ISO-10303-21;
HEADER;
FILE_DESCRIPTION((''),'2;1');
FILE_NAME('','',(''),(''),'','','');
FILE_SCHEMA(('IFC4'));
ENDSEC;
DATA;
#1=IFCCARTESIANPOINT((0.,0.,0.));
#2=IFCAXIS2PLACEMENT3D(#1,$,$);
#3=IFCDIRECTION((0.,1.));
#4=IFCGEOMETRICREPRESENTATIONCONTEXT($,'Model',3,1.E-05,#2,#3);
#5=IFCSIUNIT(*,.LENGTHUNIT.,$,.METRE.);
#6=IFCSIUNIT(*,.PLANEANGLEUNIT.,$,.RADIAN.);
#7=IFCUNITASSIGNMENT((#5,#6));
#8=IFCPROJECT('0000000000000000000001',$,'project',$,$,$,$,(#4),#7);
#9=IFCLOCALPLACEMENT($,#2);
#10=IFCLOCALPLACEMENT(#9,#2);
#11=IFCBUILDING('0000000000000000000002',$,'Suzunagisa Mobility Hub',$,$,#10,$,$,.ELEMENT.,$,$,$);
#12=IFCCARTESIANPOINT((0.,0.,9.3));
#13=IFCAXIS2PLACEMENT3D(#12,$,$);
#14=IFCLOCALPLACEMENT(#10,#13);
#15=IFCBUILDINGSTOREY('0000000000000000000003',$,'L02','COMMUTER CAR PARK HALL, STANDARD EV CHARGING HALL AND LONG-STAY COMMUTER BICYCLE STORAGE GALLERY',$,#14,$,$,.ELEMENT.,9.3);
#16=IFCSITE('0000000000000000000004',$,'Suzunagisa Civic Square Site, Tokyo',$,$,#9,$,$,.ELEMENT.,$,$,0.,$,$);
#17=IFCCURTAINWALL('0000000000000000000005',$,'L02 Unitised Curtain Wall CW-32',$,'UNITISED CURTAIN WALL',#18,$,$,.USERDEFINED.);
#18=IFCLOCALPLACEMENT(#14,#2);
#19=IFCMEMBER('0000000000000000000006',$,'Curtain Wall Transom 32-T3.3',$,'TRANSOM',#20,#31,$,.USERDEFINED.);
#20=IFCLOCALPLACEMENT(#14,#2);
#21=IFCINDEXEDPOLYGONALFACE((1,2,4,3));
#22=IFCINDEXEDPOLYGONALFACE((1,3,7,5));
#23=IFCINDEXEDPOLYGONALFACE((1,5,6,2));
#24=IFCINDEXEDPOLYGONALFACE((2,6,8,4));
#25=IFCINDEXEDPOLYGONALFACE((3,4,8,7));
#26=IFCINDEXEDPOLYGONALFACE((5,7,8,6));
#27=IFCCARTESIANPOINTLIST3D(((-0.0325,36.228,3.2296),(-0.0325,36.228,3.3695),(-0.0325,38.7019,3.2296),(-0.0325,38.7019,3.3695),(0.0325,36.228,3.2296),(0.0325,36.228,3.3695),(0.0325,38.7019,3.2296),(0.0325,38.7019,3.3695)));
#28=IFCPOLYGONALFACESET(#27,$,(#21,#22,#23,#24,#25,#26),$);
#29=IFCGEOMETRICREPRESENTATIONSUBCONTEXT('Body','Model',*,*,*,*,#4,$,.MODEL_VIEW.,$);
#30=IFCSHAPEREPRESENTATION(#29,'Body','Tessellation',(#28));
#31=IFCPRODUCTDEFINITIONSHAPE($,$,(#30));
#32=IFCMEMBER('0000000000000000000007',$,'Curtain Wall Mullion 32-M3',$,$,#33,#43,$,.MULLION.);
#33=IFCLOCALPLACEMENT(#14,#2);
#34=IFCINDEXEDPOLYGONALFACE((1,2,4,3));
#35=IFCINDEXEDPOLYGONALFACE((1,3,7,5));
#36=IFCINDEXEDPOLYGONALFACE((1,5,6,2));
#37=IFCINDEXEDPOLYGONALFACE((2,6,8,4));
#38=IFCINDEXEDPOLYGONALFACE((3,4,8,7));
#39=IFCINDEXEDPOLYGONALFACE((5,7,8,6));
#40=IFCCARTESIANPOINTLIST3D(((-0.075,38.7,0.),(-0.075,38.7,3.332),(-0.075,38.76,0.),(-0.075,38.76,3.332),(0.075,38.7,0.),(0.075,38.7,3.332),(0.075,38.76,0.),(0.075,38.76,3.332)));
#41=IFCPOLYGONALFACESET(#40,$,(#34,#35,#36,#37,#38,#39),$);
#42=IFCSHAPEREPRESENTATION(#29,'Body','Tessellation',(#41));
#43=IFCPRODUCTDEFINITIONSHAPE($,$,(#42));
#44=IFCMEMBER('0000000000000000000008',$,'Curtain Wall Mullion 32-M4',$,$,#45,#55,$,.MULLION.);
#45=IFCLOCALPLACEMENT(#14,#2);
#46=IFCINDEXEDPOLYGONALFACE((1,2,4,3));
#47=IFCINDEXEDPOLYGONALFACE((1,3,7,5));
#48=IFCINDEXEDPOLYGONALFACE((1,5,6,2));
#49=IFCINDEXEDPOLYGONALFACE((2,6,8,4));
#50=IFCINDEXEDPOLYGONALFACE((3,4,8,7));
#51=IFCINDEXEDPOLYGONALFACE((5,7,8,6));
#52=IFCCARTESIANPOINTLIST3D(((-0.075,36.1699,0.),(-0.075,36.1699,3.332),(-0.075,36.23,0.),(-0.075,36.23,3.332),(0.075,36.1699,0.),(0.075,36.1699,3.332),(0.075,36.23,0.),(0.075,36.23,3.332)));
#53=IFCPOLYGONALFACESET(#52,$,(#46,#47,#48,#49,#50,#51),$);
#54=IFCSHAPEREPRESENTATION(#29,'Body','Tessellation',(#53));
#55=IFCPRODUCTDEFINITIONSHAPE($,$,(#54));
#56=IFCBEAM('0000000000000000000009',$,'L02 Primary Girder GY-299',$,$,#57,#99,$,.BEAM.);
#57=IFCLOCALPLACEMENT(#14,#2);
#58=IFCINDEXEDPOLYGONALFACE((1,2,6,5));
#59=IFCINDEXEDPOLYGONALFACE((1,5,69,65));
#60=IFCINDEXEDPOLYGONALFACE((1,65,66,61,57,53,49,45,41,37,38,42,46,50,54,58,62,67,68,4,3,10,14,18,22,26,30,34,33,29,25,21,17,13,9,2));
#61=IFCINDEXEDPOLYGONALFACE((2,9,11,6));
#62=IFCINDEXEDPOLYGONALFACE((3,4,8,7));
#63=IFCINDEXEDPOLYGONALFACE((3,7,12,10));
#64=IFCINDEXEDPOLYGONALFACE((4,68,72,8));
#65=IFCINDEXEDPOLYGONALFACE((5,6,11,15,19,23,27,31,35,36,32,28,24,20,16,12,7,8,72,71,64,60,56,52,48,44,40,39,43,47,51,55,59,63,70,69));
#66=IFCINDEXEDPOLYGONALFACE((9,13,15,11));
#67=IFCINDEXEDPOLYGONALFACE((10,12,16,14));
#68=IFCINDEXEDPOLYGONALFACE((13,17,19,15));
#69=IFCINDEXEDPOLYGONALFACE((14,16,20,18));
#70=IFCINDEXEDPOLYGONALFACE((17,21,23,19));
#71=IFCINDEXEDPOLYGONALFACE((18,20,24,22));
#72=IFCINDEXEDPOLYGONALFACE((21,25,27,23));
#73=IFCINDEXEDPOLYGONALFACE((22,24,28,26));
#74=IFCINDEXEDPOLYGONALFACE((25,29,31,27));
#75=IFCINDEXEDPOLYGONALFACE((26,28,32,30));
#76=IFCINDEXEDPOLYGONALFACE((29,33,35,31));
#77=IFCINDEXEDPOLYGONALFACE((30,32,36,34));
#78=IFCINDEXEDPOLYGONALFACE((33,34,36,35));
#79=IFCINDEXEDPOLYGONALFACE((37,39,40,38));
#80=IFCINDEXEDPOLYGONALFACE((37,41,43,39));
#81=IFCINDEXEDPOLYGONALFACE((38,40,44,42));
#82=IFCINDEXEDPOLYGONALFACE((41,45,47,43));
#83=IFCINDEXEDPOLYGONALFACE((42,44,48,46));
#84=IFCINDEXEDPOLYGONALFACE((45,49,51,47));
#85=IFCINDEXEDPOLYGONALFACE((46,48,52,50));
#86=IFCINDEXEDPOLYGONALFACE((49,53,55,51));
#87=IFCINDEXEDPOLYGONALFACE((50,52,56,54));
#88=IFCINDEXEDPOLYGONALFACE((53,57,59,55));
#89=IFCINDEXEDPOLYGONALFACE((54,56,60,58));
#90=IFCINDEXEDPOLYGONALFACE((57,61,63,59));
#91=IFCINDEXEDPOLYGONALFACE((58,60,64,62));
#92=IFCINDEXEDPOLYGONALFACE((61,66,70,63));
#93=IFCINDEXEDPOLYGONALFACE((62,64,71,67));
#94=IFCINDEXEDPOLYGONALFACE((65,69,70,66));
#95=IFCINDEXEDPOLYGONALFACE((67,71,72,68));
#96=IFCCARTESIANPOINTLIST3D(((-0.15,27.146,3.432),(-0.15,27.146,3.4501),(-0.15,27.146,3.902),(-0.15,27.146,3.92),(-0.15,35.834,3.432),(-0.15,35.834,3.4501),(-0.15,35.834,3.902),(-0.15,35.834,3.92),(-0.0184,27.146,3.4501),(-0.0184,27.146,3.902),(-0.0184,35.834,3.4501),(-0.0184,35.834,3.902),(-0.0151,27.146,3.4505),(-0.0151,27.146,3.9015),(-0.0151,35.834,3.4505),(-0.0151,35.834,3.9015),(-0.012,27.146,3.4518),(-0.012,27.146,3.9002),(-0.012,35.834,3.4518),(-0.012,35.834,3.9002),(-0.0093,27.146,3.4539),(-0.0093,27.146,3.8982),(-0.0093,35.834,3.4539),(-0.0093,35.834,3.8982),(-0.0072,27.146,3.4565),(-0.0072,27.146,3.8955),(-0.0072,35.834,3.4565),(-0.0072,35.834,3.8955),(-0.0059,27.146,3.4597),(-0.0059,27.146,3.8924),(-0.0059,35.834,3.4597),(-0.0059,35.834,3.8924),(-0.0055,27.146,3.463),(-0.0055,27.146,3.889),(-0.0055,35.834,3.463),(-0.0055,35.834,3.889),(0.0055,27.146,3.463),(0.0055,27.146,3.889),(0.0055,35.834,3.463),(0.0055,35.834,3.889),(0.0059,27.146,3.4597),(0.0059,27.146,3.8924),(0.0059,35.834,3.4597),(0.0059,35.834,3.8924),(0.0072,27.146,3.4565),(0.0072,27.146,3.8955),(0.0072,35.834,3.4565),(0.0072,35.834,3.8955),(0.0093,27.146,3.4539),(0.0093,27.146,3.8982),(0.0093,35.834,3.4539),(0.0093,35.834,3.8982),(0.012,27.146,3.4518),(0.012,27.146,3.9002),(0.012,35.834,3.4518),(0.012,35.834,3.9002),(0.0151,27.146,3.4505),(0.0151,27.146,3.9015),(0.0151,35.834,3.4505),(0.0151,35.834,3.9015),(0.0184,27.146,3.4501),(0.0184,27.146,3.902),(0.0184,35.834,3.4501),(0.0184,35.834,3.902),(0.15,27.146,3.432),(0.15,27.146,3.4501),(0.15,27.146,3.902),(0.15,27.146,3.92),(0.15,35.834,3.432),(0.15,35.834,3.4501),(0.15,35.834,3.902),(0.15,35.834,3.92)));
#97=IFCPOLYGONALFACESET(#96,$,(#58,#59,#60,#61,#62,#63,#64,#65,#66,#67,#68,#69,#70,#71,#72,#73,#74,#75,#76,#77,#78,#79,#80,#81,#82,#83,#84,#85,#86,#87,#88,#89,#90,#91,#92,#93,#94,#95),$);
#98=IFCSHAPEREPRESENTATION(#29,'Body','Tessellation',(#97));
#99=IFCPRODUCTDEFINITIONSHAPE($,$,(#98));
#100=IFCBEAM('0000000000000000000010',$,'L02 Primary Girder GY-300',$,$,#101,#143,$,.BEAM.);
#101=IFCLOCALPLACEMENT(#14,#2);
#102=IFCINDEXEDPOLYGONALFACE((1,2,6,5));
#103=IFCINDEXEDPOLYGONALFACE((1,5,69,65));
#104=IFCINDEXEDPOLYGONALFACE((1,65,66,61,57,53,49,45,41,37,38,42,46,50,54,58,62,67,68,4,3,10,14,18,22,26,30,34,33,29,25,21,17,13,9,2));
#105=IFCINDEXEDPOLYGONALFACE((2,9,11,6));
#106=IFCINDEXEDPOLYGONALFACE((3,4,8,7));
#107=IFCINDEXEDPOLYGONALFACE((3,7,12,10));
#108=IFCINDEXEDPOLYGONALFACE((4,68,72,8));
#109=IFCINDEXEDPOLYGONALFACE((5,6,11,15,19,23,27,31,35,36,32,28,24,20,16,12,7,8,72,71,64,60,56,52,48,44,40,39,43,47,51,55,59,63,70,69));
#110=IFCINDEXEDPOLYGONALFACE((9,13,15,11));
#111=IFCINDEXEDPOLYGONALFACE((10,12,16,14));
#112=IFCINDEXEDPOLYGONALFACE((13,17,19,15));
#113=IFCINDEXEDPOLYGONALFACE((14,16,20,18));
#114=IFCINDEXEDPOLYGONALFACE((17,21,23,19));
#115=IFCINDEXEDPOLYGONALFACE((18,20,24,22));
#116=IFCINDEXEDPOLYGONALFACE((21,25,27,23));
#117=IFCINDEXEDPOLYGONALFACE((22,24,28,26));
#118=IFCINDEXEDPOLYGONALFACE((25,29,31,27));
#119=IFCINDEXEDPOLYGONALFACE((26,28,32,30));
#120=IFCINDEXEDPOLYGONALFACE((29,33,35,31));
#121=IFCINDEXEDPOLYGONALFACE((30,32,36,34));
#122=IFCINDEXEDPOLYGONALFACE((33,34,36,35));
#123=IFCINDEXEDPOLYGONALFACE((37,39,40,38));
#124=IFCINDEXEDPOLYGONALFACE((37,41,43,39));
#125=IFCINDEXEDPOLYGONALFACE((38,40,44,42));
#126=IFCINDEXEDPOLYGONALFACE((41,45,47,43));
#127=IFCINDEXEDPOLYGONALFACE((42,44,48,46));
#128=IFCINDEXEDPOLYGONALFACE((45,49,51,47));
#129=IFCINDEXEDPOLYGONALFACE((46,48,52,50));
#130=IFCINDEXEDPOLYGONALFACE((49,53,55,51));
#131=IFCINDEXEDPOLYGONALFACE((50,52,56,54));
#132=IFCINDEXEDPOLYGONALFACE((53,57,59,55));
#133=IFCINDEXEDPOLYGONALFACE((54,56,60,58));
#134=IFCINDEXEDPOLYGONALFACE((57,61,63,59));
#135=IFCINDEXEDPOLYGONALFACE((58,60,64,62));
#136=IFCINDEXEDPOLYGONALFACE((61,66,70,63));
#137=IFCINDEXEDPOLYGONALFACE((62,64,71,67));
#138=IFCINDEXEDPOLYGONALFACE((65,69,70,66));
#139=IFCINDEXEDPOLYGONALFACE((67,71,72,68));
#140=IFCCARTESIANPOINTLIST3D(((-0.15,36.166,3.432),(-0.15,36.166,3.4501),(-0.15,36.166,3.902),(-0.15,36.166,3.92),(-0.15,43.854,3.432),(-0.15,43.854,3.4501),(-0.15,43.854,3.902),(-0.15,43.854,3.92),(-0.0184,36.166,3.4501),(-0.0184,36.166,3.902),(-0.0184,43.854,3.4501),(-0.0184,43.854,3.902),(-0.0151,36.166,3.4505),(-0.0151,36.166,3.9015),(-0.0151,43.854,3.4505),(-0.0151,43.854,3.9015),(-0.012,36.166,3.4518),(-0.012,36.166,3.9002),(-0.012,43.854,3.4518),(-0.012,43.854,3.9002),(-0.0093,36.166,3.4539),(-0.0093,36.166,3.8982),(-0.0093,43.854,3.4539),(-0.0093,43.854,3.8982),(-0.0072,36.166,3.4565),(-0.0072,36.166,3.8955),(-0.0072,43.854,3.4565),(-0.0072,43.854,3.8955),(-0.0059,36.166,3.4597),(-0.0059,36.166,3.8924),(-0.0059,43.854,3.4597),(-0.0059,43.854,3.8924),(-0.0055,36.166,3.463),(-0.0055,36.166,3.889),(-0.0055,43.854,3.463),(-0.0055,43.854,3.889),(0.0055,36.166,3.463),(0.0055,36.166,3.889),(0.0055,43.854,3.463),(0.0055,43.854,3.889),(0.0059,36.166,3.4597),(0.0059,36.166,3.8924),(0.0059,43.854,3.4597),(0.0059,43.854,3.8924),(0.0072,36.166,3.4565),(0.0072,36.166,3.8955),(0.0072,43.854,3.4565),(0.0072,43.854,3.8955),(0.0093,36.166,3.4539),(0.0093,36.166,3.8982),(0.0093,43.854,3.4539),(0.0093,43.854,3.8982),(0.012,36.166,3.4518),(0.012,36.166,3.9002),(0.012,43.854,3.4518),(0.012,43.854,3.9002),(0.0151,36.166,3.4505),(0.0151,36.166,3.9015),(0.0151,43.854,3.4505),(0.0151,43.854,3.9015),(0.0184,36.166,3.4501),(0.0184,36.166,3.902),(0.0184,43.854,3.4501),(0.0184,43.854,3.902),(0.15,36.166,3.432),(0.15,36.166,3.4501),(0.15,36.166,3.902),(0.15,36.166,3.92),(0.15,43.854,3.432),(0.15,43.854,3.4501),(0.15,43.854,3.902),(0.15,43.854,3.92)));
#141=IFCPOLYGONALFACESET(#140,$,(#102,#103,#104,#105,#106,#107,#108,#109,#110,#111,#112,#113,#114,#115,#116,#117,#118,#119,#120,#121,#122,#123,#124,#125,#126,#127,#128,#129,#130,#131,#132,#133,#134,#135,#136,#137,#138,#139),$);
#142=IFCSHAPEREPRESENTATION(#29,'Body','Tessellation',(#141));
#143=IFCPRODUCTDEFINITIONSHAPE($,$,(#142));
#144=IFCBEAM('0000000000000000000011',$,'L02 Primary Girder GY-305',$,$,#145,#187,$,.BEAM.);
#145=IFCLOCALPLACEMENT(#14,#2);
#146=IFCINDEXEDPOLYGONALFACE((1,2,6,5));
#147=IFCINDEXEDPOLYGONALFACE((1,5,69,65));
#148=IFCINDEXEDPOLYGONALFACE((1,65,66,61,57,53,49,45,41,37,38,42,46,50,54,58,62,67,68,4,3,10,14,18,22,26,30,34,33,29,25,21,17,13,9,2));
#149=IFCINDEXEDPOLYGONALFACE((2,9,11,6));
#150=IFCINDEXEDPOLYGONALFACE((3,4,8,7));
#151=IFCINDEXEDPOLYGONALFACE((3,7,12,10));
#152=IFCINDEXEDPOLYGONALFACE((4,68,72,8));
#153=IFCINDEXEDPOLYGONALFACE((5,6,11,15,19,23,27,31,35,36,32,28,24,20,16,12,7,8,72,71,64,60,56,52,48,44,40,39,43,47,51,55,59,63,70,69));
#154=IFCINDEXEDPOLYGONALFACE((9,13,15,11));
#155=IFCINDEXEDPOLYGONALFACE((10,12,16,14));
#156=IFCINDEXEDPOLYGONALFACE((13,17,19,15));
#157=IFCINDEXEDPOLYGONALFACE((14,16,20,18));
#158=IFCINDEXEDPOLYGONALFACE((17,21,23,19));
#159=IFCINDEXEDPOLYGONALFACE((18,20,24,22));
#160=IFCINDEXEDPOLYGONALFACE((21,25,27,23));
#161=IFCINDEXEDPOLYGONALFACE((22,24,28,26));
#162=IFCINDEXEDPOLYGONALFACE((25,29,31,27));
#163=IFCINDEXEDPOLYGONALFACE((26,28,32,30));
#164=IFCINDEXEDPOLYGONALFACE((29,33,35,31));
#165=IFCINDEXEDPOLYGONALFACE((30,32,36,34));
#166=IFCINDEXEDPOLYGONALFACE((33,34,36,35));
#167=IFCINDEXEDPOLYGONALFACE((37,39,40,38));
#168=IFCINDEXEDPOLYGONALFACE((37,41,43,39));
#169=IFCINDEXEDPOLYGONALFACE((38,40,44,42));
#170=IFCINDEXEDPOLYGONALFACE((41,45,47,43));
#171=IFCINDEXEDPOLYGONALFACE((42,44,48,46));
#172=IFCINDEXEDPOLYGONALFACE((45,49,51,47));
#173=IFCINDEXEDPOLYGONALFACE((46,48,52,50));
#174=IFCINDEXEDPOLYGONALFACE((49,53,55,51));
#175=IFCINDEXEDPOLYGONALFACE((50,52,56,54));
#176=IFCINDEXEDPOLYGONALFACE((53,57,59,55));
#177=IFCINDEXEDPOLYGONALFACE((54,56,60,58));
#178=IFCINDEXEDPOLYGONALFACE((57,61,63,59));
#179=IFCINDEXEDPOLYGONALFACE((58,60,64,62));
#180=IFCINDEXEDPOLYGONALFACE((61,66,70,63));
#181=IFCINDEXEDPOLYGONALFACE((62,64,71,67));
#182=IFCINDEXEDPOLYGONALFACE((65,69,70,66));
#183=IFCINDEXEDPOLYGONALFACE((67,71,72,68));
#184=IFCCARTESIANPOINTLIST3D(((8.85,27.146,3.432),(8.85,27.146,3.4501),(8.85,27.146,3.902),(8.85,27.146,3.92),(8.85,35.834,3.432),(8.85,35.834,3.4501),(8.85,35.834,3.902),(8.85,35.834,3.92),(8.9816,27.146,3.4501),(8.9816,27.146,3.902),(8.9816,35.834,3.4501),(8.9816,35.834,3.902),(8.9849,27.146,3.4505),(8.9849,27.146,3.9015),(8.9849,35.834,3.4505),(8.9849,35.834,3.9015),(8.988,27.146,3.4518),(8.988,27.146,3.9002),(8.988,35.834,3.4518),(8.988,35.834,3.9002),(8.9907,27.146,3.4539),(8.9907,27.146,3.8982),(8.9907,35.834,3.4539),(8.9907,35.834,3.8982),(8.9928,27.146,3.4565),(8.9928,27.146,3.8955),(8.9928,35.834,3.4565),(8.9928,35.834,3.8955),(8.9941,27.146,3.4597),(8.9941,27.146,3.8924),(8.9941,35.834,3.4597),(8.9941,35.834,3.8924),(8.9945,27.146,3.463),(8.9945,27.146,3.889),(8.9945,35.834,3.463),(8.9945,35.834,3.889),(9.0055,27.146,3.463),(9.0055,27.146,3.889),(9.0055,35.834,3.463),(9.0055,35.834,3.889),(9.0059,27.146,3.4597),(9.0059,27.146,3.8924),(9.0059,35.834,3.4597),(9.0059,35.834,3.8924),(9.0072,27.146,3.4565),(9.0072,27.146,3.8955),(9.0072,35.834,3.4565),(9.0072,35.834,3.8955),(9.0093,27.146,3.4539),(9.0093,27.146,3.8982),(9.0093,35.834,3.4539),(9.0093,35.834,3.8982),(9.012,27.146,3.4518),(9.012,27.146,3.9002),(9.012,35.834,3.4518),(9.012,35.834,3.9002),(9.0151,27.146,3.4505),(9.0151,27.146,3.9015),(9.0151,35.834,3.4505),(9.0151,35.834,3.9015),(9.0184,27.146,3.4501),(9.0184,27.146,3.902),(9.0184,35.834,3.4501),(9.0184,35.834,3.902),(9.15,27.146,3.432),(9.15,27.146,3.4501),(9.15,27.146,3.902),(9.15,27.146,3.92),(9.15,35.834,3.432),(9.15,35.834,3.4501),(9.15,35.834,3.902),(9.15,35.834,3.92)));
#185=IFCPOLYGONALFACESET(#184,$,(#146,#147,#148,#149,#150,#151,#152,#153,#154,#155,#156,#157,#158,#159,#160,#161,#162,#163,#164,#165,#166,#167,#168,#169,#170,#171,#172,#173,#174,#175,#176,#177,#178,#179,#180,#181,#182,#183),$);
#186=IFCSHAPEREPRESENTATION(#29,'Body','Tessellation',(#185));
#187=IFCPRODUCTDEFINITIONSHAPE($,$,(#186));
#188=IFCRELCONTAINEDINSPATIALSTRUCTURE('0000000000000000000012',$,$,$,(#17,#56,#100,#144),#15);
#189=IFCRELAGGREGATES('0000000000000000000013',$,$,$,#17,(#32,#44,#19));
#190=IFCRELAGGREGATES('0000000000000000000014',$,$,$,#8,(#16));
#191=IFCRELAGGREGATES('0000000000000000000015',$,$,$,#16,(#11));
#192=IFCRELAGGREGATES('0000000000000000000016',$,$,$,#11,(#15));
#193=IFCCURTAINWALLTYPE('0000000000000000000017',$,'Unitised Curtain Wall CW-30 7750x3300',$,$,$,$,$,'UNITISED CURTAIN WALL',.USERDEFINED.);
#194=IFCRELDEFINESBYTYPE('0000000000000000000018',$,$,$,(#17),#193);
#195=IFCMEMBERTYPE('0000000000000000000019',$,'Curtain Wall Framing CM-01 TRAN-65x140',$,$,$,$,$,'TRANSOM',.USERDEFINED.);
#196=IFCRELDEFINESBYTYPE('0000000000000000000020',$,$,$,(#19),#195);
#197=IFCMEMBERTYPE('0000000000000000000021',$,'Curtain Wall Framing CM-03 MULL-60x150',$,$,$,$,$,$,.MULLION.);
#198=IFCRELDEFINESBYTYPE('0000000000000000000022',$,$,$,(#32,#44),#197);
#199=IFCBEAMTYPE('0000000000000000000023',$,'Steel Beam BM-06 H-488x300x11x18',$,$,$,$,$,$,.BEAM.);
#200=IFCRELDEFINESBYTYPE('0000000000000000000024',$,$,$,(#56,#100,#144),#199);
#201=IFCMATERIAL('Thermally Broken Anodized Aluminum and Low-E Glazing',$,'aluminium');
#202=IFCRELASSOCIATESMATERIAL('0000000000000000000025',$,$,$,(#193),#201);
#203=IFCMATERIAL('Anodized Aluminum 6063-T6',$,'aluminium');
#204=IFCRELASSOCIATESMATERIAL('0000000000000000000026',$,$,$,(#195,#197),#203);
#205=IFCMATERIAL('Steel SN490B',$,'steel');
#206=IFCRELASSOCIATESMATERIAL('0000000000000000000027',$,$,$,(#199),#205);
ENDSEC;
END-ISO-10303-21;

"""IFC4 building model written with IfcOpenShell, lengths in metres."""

from ifc_helpers import new_model, si_unit, direction, frame, origin, origin_2d, place, context, subcontext, project, spatial, rectangle, i_section, extrude, material, material_profile, profile_set, type_object, element, aggregate, save


model = new_model("IFC4")

# Units and contexts
model_context = context("Model", 3, precision=1e-05, world=origin(), true_north=direction((0.0, 1.0)))
body_context = subcontext(model_context, "Body", "Model", "MODEL_VIEW")
ifc_project = project(units=[si_unit("LENGTHUNIT", "METRE"), si_unit("PLANEANGLEUNIT", "RADIAN")], contexts=[model_context])

# Site, building, storey
site_placement = place(None, origin())
site = spatial("IfcSite", under=ifc_project, at=site_placement, Name="Suzunagisa Civic Square Site, Tokyo", CompositionType="ELEMENT", RefElevation=0.0)
building_placement = place(site_placement, origin())
building = spatial("IfcBuilding", under=site, at=building_placement, Name="Suzunagisa Mobility Hub", CompositionType="ELEMENT")
storey_placement = place(building_placement, frame((0.0, 0.0, 9.3)))
storey = spatial("IfcBuildingStorey", under=building, at=storey_placement, Name="L02", Description="COMMUTER CAR PARK HALL, STANDARD EV CHARGING HALL AND LONG-STAY COMMUTER BICYCLE STORAGE GALLERY", CompositionType="ELEMENT", Elevation=9.3)

# Shared definitions
ifc_material_1 = material(Name="Steel SN490B", Category="steel")

# Curtain wall, members
ifc_material_2 = material(Name="Thermally Broken Anodized Aluminum and Low-E Glazing", Category="aluminium")
curtain_wall_type = type_object("IfcCurtainWallType", Name="Unitised Curtain Wall CW-30 7750x3300", ElementType="UNITISED CURTAIN WALL", PredefinedType="USERDEFINED", material=ifc_material_2)
curtain_wall_placement = place(storey_placement, origin())
curtain_wall = element("IfcCurtainWall", 1, at=curtain_wall_placement, inside=storey, type_object=curtain_wall_type, Name="L02 Unitised Curtain Wall CW-32", ObjectType="UNITISED CURTAIN WALL", PredefinedType="USERDEFINED")
ifc_material_3 = material(Name="Anodized Aluminum 6063-T6", Category="aluminium")
ifc_material_profile_1 = material_profile(ifc_material_3, rectangle(XDim=0.0649, YDim=0.1399, at=origin_2d()), Name="TRAN-65x140")
ifc_profile_set_1 = profile_set([ifc_material_profile_1], Name="Anodized Aluminum 6063-T6")
member_type_1 = type_object("IfcMemberType", Name="Curtain Wall Framing CM-01 TRAN-65x140", ElementType="TRANSOM", PredefinedType="USERDEFINED", material=ifc_profile_set_1)
member_1_placement = place(storey_placement, frame((0.0, 38.7019, 3.2996), z_axis=(0.0, -1.0, 0.0), x_axis=(1.0, 0.0, 0.0)))
member_1 = element("IfcMember", 2, at=member_1_placement, type_object=member_type_1, Name="Curtain Wall Transom 32-T3.3", ObjectType="TRANSOM", PredefinedType="USERDEFINED", context=body_context, shape_type="SweptSolid", body=[
    extrude(rectangle(XDim=0.0649, YDim=0.1399, at=origin_2d()), origin(), (0.0, 0.0, 1.0), 2.4739),
])
ifc_material_profile_2 = material_profile(ifc_material_3, rectangle(XDim=0.0601, YDim=0.1499, at=origin_2d()), Name="MULL-60x150")
ifc_profile_set_2 = profile_set([ifc_material_profile_2], Name="Anodized Aluminum 6063-T6")
member_type_2 = type_object("IfcMemberType", Name="Curtain Wall Framing CM-03 MULL-60x150", PredefinedType="MULLION", material=ifc_profile_set_2)
member_2_placement = place(storey_placement, frame((0.0, 38.73, 0.0), z_axis=(0.0, 0.0, 1.0), x_axis=(0.0, -1.0, 0.0)))
member_2 = element("IfcMember", 3, at=member_2_placement, type_object=member_type_2, Name="Curtain Wall Mullion 32-M3", PredefinedType="MULLION", context=body_context, shape_type="SweptSolid", body=[
    extrude(rectangle(XDim=0.0601, YDim=0.1499, at=origin_2d()), origin(), (0.0, 0.0, 1.0), 3.332),
])
member_3_placement = place(storey_placement, frame((0.0, 36.2, 0.0), z_axis=(0.0, 0.0, 1.0), x_axis=(0.0, -1.0, 0.0)))
member_3 = element("IfcMember", 4, at=member_3_placement, type_object=member_type_2, Name="Curtain Wall Mullion 32-M4", PredefinedType="MULLION", context=body_context, shape_type="SweptSolid", body=[
    extrude(rectangle(XDim=0.0601, YDim=0.1499, at=origin_2d()), origin(), (0.0, 0.0, 1.0), 3.332),
])

# Beams
ifc_material_profile_3 = material_profile(ifc_material_1, i_section(OverallWidth=0.3, OverallDepth=0.488, WebThickness=0.011, FlangeThickness=0.0181, FilletRadius=0.0129, at=origin_2d()), Name="H-488x300x11x18")
ifc_profile_set_3 = profile_set([ifc_material_profile_3], Name="Steel SN490B")
beam_type_1 = type_object("IfcBeamType", Name="Steel Beam BM-06 H-488x300x11x18", PredefinedType="BEAM", material=ifc_profile_set_3)
beam_1_placement = place(storey_placement, frame((0.0, 27.146, 3.676), z_axis=(0.0, 1.0, 0.0), x_axis=(-1.0, 0.0, 0.0)))
element("IfcBeam", 5, at=beam_1_placement, inside=storey, type_object=beam_type_1, Name="L02 Primary Girder GY-299", PredefinedType="BEAM", context=body_context, shape_type="SweptSolid", body=[
    extrude(i_section(OverallWidth=0.3, OverallDepth=0.488, WebThickness=0.011, FlangeThickness=0.0181, FilletRadius=0.0129, at=origin_2d()), origin(), (0.0, 0.0, 1.0), 8.688),
])
beam_2_placement = place(storey_placement, frame((0.0, 36.166, 3.676), z_axis=(0.0, 1.0, 0.0), x_axis=(-1.0, 0.0, 0.0)))
element("IfcBeam", 6, at=beam_2_placement, inside=storey, type_object=beam_type_1, Name="L02 Primary Girder GY-300", PredefinedType="BEAM", context=body_context, shape_type="SweptSolid", body=[
    extrude(i_section(OverallWidth=0.3, OverallDepth=0.488, WebThickness=0.011, FlangeThickness=0.0181, FilletRadius=0.0129, at=origin_2d()), origin(), (0.0, 0.0, 1.0), 7.688),
])
beam_3_placement = place(storey_placement, frame((9.0, 27.146, 3.676), z_axis=(0.0, 1.0, 0.0), x_axis=(-1.0, 0.0, 0.0)))
element("IfcBeam", 7, at=beam_3_placement, inside=storey, type_object=beam_type_1, Name="L02 Primary Girder GY-305", PredefinedType="BEAM", context=body_context, shape_type="SweptSolid", body=[
    extrude(i_section(OverallWidth=0.3, OverallDepth=0.488, WebThickness=0.011, FlangeThickness=0.0181, FilletRadius=0.0129, at=origin_2d()), origin(), (0.0, 0.0, 1.0), 8.688),
])

aggregate(curtain_wall, [member_2, member_3, member_1])

save(model, "model.ifc")
